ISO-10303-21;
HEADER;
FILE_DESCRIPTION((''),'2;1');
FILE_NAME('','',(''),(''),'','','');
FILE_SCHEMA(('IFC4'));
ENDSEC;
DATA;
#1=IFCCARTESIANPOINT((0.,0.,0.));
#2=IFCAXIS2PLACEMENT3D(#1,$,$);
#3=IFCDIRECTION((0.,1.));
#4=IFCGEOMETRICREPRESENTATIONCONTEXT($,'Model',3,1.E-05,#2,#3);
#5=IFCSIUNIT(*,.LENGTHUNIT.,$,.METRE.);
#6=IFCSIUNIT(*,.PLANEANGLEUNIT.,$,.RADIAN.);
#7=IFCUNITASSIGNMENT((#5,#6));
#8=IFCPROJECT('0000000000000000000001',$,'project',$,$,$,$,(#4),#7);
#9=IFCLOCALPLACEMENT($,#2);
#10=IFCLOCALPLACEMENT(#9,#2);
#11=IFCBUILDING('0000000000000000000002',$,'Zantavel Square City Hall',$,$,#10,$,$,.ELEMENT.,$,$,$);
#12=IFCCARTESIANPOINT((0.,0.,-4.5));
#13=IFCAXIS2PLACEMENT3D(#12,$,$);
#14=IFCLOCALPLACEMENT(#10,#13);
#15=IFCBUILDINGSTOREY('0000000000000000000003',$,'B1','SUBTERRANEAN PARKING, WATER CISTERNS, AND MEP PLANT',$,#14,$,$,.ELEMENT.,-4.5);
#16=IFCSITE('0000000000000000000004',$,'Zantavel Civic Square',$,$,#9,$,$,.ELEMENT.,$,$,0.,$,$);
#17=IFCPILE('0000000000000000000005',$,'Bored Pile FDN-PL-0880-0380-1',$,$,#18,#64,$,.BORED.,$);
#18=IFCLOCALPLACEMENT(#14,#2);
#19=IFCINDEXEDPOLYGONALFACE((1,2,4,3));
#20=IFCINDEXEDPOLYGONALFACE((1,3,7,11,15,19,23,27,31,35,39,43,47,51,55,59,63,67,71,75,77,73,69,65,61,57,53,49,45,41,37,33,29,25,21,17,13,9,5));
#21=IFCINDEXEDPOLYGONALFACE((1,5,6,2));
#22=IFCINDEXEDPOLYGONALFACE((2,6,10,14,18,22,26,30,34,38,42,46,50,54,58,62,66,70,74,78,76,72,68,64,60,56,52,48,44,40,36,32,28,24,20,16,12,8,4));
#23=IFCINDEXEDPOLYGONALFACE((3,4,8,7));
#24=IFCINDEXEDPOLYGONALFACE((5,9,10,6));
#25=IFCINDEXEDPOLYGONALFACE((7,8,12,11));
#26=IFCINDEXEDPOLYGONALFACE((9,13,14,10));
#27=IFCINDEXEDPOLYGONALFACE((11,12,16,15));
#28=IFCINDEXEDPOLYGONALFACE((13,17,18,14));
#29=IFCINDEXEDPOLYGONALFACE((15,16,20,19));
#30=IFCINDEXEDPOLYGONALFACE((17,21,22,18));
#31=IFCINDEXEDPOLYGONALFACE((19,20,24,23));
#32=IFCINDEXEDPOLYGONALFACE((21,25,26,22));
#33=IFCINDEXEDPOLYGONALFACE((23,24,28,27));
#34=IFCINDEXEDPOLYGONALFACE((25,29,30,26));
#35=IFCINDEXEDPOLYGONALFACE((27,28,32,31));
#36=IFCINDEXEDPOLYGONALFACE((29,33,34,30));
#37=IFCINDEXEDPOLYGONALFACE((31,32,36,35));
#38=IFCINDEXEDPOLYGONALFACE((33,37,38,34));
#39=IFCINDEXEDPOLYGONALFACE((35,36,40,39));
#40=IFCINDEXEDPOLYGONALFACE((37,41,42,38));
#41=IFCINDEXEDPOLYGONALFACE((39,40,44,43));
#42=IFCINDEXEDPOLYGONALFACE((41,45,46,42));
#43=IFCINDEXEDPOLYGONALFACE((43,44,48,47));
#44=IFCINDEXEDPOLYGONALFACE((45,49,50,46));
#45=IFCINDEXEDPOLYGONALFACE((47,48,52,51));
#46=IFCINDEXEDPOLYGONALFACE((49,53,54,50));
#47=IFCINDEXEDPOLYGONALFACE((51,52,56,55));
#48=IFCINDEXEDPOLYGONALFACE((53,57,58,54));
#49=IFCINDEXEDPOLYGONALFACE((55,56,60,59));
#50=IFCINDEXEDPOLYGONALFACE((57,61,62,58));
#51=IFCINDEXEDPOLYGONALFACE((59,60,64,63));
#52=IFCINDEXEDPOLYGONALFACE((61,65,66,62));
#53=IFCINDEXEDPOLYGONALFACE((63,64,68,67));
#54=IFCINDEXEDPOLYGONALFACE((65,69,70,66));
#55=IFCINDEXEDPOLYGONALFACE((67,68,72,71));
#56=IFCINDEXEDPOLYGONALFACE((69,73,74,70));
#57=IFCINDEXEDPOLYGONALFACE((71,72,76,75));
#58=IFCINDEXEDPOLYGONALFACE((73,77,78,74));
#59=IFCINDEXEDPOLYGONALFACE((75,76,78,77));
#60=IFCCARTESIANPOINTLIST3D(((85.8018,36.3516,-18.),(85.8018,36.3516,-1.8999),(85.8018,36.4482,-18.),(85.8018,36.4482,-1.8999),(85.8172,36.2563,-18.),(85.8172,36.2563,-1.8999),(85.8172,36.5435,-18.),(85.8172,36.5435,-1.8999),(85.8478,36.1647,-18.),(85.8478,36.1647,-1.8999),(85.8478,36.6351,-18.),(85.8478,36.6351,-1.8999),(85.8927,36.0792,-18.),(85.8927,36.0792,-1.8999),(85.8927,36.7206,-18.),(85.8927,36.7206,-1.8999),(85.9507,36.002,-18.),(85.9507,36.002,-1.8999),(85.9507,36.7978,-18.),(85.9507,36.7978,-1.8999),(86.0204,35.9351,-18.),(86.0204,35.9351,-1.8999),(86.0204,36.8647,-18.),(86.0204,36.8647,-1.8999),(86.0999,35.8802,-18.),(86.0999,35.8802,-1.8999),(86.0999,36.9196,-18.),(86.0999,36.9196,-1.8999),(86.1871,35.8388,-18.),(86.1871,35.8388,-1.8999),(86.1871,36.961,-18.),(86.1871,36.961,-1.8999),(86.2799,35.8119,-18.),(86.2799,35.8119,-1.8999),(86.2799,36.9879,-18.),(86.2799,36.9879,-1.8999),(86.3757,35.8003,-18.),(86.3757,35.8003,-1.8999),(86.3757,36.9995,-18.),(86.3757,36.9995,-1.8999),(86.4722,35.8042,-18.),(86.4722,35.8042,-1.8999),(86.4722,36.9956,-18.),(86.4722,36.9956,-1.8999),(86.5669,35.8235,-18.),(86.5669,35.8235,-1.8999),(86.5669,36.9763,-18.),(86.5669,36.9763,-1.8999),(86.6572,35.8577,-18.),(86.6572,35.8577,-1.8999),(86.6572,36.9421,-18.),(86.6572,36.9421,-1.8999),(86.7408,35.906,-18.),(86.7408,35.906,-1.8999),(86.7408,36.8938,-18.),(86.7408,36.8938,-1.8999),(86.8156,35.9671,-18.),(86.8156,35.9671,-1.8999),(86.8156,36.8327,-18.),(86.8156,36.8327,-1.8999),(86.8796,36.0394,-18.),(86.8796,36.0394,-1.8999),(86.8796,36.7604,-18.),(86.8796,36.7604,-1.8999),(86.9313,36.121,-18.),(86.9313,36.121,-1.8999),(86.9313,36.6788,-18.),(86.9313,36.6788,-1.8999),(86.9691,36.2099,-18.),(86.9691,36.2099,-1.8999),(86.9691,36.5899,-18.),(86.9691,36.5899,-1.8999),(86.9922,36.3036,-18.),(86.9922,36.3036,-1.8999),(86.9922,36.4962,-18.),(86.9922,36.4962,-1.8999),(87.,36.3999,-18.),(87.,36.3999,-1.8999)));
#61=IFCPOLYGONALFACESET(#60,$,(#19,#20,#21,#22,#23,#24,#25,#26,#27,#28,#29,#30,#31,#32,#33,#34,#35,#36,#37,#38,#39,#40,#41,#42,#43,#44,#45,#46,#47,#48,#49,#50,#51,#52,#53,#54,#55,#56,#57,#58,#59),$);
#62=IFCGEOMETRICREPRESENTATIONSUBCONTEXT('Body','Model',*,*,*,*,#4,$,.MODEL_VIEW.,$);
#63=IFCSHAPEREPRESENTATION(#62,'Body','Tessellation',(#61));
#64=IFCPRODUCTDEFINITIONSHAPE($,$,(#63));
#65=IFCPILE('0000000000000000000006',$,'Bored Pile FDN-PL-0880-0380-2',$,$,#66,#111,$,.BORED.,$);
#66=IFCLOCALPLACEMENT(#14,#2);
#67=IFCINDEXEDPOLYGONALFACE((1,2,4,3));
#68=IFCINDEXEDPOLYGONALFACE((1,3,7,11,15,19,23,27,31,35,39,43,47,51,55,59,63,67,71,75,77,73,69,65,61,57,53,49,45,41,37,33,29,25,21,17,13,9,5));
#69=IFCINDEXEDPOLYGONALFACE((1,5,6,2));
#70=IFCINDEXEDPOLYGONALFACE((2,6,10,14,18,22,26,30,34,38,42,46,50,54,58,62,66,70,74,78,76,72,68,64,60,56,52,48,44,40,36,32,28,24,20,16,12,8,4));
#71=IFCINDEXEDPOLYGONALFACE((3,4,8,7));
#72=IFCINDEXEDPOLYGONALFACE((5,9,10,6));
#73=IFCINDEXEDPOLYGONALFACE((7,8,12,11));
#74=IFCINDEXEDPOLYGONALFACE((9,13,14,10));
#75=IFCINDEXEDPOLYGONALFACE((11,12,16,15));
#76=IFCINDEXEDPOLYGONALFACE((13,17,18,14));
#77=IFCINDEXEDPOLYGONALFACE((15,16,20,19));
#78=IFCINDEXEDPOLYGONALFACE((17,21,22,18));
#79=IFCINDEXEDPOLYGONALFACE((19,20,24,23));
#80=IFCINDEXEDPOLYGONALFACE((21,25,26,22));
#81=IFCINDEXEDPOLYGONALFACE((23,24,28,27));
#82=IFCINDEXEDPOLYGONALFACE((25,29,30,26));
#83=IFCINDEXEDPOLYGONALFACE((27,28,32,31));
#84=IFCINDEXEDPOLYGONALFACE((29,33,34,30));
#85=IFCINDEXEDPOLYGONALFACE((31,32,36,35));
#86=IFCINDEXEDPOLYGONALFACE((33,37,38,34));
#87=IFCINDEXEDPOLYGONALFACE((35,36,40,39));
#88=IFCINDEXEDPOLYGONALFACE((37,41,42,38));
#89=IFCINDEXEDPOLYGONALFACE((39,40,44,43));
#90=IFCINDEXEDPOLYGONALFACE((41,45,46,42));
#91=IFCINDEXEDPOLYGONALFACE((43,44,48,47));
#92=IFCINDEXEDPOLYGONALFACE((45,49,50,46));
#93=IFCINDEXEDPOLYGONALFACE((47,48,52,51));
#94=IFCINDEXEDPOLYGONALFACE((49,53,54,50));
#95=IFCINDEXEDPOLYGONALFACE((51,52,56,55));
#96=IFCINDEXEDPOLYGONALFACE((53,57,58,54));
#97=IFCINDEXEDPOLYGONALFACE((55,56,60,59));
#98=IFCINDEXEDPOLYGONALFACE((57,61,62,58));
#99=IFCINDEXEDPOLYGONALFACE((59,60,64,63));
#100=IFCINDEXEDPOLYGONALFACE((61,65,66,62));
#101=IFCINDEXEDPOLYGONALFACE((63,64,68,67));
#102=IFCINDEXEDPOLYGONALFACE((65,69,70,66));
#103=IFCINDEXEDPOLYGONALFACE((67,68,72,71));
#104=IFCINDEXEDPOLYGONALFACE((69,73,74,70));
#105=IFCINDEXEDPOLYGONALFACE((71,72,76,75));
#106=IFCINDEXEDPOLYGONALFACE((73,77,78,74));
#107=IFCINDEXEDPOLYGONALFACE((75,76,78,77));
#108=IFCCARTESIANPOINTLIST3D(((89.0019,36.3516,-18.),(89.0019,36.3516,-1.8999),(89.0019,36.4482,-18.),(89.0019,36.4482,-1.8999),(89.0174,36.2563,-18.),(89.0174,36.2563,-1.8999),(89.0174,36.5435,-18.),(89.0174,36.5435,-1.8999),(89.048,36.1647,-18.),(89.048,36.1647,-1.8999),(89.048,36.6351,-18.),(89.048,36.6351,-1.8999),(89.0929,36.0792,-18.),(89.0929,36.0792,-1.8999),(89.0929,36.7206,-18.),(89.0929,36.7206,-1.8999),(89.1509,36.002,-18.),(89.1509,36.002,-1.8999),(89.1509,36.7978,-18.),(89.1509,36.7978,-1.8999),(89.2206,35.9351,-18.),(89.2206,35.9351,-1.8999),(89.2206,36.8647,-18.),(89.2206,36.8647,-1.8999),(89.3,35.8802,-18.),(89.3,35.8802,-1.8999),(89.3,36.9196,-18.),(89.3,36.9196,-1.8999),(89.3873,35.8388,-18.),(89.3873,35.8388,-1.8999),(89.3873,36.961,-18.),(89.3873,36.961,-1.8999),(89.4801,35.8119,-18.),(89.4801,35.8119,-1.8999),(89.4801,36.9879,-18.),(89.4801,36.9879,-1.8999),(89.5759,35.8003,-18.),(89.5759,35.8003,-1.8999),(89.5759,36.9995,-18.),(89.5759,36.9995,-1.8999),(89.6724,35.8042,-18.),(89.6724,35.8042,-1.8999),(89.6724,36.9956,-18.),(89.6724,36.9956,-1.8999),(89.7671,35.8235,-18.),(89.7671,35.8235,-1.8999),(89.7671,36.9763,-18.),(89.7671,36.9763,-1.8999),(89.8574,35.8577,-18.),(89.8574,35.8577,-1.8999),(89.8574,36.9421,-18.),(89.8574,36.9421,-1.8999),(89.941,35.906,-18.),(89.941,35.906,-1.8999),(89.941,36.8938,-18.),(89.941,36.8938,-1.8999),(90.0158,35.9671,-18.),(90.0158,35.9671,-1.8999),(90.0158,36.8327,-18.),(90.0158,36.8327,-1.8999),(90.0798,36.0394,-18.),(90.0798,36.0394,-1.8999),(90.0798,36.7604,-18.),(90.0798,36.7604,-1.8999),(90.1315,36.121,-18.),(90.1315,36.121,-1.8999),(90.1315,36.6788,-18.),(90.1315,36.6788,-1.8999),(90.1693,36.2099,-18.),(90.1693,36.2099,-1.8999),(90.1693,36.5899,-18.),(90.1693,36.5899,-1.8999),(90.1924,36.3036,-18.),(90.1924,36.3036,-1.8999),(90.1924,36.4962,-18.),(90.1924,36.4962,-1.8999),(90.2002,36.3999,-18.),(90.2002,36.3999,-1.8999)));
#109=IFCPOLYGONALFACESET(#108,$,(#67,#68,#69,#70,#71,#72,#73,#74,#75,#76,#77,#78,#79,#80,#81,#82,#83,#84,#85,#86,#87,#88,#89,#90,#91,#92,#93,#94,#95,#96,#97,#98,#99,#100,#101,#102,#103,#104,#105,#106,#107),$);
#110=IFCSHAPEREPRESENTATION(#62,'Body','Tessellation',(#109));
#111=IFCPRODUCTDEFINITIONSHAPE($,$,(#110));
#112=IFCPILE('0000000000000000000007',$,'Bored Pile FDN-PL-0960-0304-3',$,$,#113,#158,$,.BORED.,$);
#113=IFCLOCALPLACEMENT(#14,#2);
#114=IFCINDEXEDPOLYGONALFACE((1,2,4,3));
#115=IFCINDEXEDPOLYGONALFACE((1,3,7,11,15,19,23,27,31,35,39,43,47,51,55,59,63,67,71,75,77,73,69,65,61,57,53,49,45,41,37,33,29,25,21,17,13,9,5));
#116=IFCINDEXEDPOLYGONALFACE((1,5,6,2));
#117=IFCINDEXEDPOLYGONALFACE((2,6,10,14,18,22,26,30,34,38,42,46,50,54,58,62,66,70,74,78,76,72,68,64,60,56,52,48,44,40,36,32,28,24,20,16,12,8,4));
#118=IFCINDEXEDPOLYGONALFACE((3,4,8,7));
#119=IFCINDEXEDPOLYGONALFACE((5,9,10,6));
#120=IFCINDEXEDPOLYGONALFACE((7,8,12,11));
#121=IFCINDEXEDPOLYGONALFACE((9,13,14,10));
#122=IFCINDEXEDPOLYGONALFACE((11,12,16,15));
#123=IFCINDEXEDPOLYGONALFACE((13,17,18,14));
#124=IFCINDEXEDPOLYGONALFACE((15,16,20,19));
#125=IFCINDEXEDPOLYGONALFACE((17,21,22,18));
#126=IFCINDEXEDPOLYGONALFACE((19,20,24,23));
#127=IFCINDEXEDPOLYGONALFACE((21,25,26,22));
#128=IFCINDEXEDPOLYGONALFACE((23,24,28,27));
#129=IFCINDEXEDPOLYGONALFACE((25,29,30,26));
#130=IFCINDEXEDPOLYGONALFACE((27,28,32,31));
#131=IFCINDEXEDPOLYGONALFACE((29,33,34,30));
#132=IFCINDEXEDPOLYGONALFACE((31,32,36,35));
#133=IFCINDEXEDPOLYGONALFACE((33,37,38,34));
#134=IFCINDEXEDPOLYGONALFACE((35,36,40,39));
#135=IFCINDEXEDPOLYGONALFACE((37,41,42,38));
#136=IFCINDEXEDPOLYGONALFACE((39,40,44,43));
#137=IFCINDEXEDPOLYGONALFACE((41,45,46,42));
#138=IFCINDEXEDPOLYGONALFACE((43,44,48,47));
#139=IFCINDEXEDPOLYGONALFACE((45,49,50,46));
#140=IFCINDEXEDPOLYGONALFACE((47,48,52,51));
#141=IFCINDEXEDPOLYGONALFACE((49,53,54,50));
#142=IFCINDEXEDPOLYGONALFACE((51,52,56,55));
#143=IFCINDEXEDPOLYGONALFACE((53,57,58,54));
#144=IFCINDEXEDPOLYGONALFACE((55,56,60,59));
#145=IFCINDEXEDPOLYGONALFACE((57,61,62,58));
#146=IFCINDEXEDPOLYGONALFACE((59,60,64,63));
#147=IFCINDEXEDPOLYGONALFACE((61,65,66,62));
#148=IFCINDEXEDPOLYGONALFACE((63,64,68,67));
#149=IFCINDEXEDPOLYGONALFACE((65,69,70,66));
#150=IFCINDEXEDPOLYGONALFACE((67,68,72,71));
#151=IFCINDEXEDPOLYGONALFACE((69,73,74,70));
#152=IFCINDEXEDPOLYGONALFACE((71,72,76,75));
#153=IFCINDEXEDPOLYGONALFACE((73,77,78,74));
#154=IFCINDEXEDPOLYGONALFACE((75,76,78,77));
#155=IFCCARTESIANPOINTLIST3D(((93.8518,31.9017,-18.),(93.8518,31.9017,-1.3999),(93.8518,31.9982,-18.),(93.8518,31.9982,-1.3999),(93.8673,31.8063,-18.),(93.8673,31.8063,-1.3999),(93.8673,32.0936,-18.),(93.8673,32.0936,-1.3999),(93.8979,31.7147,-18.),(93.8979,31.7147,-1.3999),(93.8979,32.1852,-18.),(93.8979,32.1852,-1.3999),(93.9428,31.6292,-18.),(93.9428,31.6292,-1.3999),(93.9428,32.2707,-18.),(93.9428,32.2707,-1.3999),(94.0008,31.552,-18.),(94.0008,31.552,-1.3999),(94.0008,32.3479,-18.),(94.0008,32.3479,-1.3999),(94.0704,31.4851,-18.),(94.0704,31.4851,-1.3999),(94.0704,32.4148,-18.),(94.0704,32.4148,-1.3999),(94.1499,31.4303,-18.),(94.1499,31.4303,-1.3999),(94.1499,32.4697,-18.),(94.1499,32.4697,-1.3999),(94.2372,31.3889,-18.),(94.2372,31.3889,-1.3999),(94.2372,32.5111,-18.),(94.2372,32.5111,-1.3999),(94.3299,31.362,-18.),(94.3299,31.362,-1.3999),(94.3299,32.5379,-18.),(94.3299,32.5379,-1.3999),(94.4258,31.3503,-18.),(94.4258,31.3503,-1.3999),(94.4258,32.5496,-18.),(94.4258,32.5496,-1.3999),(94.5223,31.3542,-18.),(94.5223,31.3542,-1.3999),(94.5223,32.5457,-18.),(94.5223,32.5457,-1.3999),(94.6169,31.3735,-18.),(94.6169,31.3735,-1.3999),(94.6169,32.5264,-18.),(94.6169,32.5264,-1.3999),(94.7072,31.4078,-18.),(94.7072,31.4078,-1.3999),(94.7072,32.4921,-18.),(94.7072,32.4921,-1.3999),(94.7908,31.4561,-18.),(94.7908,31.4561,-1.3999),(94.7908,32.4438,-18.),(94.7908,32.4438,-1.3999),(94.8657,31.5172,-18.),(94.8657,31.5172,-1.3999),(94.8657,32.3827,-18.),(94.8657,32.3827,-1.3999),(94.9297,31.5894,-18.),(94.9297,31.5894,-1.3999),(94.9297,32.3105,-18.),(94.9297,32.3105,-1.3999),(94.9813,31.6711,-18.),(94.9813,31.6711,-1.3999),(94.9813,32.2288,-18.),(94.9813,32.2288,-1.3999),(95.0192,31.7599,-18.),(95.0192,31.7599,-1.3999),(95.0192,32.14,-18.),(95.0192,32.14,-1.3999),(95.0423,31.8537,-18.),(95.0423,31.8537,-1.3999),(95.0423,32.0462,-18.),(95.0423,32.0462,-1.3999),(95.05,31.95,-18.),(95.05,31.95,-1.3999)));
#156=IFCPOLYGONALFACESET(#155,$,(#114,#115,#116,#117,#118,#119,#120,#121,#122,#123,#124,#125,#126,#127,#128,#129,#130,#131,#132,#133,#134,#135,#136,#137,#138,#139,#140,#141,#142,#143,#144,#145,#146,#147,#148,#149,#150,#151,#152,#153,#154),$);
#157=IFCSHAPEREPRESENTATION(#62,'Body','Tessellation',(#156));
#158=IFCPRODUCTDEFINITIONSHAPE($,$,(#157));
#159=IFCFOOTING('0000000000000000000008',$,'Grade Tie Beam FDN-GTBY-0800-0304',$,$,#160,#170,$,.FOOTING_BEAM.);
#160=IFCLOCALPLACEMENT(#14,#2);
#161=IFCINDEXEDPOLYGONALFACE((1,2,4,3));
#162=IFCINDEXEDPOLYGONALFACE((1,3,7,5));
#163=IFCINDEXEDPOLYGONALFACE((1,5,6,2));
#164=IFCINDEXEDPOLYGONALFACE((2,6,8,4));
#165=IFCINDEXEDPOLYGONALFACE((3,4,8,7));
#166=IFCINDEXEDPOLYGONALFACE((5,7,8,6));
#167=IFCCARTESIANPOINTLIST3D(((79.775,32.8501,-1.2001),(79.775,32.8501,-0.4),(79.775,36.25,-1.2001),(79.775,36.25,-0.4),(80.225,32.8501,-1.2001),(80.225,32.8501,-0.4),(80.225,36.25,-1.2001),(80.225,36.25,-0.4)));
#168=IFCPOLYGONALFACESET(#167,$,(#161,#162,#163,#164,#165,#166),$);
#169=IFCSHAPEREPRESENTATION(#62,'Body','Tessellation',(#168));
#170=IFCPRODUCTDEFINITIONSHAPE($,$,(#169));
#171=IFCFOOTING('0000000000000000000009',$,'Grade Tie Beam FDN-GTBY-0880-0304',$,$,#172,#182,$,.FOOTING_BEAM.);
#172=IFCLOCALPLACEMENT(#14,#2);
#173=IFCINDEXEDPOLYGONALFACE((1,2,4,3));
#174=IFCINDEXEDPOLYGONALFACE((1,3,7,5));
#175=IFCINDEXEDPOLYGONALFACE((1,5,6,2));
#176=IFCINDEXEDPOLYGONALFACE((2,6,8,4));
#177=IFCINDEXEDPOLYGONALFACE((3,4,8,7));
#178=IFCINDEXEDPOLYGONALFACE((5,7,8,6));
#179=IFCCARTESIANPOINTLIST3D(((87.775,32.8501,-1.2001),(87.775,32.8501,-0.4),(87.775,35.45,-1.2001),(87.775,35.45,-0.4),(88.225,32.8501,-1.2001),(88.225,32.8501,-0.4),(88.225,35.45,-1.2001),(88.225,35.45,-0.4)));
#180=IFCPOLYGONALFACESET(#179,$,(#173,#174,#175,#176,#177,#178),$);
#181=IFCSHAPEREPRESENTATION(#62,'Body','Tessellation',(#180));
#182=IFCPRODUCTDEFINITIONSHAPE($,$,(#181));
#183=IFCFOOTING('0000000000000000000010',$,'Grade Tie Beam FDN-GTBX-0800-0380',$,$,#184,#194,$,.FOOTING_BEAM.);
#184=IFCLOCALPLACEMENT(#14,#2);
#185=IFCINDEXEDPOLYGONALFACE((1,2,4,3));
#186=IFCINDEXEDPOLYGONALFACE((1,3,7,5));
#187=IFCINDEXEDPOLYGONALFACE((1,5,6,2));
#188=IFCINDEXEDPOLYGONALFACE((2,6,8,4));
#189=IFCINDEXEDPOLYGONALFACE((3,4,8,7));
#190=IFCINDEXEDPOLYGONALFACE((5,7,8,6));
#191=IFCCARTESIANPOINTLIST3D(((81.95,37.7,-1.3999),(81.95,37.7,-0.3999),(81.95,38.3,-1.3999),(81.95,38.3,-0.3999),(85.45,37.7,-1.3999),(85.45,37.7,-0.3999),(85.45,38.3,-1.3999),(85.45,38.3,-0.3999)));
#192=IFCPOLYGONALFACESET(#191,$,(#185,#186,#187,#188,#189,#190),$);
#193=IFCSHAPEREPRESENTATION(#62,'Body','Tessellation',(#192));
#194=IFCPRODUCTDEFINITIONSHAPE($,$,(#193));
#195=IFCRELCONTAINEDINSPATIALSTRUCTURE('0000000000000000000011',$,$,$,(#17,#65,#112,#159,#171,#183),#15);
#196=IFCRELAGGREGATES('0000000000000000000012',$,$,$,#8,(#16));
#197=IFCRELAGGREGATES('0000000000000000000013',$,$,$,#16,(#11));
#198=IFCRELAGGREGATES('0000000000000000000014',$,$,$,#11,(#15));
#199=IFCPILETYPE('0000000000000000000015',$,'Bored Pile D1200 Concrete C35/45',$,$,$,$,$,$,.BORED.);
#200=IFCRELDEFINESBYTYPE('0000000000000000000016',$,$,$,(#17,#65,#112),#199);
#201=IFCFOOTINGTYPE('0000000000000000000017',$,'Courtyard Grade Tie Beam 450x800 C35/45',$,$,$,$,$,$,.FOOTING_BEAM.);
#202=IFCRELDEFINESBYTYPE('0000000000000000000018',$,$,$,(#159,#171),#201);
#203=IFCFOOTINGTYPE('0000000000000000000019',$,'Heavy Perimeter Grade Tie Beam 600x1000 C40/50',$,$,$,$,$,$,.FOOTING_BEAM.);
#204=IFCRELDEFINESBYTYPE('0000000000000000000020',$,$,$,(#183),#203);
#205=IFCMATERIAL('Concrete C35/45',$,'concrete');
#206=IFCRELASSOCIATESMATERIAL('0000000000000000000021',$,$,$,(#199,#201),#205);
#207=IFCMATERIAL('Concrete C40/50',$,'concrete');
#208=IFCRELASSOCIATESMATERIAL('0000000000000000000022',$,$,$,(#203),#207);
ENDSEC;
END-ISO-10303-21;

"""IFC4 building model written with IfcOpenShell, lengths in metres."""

from ifc_helpers import new_model, si_unit, direction, frame, origin, origin_2d, place, context, subcontext, project, spatial, rectangle, circle, extrude, material, material_profile, profile_set, type_object, element, save


model = new_model("IFC4")

# Units and contexts
model_context = context("Model", 3, precision=1e-05, world=origin(), true_north=direction((0.0, 1.0)))
body_context = subcontext(model_context, "Body", "Model", "MODEL_VIEW")
ifc_project = project(units=[si_unit("LENGTHUNIT", "METRE"), si_unit("PLANEANGLEUNIT", "RADIAN")], contexts=[model_context])

# Site, building, storey
site_placement = place(None, origin())
site = spatial("IfcSite", under=ifc_project, at=site_placement, Name="Zantavel Civic Square", CompositionType="ELEMENT", RefElevation=0.0)
building_placement = place(site_placement, origin())
building = spatial("IfcBuilding", under=site, at=building_placement, Name="Zantavel Square City Hall", CompositionType="ELEMENT")
storey_placement = place(building_placement, frame((0.0, 0.0, -4.5)))
storey = spatial("IfcBuildingStorey", under=building, at=storey_placement, Name="B1", Description="SUBTERRANEAN PARKING, WATER CISTERNS, AND MEP PLANT", CompositionType="ELEMENT", Elevation=-4.5)

# Piles
ifc_material_1 = material(Name="Concrete C35/45", Category="concrete")
ifc_material_profile_1 = material_profile(ifc_material_1, circle(Radius=0.6001, at=origin_2d()), Name="PILE D1200")
ifc_profile_set_1 = profile_set([ifc_material_profile_1], Name="Concrete C35/45")
pile_type_1 = type_object("IfcPileType", Name="Bored Pile D1200 Concrete C35/45", PredefinedType="BORED", material=ifc_profile_set_1)
for number, where, z_axis, x_axis, name in (
    (1, (86.3999, 36.3999, -1.8999), (0.0, 0.0, -1.0), (1.0, 0.0, 0.0), "Bored Pile FDN-PL-0880-0380-1"),
    (2, (89.6001, 36.3999, -1.8999), (0.0, 0.0, -1.0), (1.0, 0.0, 0.0), "Bored Pile FDN-PL-0880-0380-2"),
):
    element("IfcPile", number, at=place(storey_placement, frame(where, z_axis=z_axis, x_axis=x_axis)), inside=storey, type_object=pile_type_1, Name=name, PredefinedType="BORED", context=body_context, shape_type="SweptSolid", body=[
        extrude(circle(Radius=0.6001, at=origin_2d()), origin(), (0.0, 0.0, 1.0), 16.1001),
    ])
pile_1_placement = place(storey_placement, frame((94.45, 31.95, -1.3999), z_axis=(0.0, 0.0, -1.0), x_axis=(1.0, 0.0, 0.0)))
element("IfcPile", 3, at=pile_1_placement, inside=storey, type_object=pile_type_1, Name="Bored Pile FDN-PL-0960-0304-3", PredefinedType="BORED", context=body_context, shape_type="SweptSolid", body=[
    extrude(circle(Radius=0.6001, at=origin_2d()), origin(), (0.0, 0.0, 1.0), 16.6001),
])

# Footings
ifc_material_profile_2 = material_profile(ifc_material_1, rectangle(XDim=0.45, YDim=0.8, at=origin_2d()), Name="RC 450x800")
ifc_profile_set_2 = profile_set([ifc_material_profile_2], Name="Concrete C35/45")
footing_type_1 = type_object("IfcFootingType", Name="Courtyard Grade Tie Beam 450x800 C35/45", PredefinedType="FOOTING_BEAM", material=ifc_profile_set_2)
footing_1_placement = place(storey_placement, frame((80.0, 32.8501, -0.8), z_axis=(0.0, 1.0, 0.0), x_axis=(-1.0, 0.0, 0.0)))
element("IfcFooting", 4, at=footing_1_placement, inside=storey, type_object=footing_type_1, Name="Grade Tie Beam FDN-GTBY-0800-0304", PredefinedType="FOOTING_BEAM", context=body_context, shape_type="SweptSolid", body=[
    extrude(rectangle(XDim=0.45, YDim=0.8, at=origin_2d()), origin(), (0.0, 0.0, 1.0), 3.3999),
])
footing_2_placement = place(storey_placement, frame((88.0, 32.8501, -0.8), z_axis=(0.0, 1.0, 0.0), x_axis=(-1.0, 0.0, 0.0)))
element("IfcFooting", 5, at=footing_2_placement, inside=storey, type_object=footing_type_1, Name="Grade Tie Beam FDN-GTBY-0880-0304", PredefinedType="FOOTING_BEAM", context=body_context, shape_type="SweptSolid", body=[
    extrude(rectangle(XDim=0.45, YDim=0.8, at=origin_2d()), origin(), (0.0, 0.0, 1.0), 2.5999),
])
ifc_material_2 = material(Name="Concrete C40/50", Category="concrete")
ifc_material_profile_3 = material_profile(ifc_material_2, rectangle(XDim=0.6001, YDim=1.0, at=origin_2d()), Name="RC 600x1000")
ifc_profile_set_3 = profile_set([ifc_material_profile_3], Name="Concrete C40/50")
footing_type_2 = type_object("IfcFootingType", Name="Heavy Perimeter Grade Tie Beam 600x1000 C40/50", PredefinedType="FOOTING_BEAM", material=ifc_profile_set_3)
for number, where, z_axis, x_axis, name in (
    (6, (81.95, 38.0, -0.8999), (1.0, 0.0, 0.0), (0.0, 1.0, 0.0), "Grade Tie Beam FDN-GTBX-0800-0380"),
):
    element("IfcFooting", number, at=place(storey_placement, frame(where, z_axis=z_axis, x_axis=x_axis)), inside=storey, type_object=footing_type_2, Name=name, PredefinedType="FOOTING_BEAM", context=body_context, shape_type="SweptSolid", body=[
        extrude(rectangle(XDim=0.6001, YDim=1.0, at=origin_2d()), origin(), (0.0, 0.0, 1.0), 3.5),
    ])

save(model, "model.ifc")
